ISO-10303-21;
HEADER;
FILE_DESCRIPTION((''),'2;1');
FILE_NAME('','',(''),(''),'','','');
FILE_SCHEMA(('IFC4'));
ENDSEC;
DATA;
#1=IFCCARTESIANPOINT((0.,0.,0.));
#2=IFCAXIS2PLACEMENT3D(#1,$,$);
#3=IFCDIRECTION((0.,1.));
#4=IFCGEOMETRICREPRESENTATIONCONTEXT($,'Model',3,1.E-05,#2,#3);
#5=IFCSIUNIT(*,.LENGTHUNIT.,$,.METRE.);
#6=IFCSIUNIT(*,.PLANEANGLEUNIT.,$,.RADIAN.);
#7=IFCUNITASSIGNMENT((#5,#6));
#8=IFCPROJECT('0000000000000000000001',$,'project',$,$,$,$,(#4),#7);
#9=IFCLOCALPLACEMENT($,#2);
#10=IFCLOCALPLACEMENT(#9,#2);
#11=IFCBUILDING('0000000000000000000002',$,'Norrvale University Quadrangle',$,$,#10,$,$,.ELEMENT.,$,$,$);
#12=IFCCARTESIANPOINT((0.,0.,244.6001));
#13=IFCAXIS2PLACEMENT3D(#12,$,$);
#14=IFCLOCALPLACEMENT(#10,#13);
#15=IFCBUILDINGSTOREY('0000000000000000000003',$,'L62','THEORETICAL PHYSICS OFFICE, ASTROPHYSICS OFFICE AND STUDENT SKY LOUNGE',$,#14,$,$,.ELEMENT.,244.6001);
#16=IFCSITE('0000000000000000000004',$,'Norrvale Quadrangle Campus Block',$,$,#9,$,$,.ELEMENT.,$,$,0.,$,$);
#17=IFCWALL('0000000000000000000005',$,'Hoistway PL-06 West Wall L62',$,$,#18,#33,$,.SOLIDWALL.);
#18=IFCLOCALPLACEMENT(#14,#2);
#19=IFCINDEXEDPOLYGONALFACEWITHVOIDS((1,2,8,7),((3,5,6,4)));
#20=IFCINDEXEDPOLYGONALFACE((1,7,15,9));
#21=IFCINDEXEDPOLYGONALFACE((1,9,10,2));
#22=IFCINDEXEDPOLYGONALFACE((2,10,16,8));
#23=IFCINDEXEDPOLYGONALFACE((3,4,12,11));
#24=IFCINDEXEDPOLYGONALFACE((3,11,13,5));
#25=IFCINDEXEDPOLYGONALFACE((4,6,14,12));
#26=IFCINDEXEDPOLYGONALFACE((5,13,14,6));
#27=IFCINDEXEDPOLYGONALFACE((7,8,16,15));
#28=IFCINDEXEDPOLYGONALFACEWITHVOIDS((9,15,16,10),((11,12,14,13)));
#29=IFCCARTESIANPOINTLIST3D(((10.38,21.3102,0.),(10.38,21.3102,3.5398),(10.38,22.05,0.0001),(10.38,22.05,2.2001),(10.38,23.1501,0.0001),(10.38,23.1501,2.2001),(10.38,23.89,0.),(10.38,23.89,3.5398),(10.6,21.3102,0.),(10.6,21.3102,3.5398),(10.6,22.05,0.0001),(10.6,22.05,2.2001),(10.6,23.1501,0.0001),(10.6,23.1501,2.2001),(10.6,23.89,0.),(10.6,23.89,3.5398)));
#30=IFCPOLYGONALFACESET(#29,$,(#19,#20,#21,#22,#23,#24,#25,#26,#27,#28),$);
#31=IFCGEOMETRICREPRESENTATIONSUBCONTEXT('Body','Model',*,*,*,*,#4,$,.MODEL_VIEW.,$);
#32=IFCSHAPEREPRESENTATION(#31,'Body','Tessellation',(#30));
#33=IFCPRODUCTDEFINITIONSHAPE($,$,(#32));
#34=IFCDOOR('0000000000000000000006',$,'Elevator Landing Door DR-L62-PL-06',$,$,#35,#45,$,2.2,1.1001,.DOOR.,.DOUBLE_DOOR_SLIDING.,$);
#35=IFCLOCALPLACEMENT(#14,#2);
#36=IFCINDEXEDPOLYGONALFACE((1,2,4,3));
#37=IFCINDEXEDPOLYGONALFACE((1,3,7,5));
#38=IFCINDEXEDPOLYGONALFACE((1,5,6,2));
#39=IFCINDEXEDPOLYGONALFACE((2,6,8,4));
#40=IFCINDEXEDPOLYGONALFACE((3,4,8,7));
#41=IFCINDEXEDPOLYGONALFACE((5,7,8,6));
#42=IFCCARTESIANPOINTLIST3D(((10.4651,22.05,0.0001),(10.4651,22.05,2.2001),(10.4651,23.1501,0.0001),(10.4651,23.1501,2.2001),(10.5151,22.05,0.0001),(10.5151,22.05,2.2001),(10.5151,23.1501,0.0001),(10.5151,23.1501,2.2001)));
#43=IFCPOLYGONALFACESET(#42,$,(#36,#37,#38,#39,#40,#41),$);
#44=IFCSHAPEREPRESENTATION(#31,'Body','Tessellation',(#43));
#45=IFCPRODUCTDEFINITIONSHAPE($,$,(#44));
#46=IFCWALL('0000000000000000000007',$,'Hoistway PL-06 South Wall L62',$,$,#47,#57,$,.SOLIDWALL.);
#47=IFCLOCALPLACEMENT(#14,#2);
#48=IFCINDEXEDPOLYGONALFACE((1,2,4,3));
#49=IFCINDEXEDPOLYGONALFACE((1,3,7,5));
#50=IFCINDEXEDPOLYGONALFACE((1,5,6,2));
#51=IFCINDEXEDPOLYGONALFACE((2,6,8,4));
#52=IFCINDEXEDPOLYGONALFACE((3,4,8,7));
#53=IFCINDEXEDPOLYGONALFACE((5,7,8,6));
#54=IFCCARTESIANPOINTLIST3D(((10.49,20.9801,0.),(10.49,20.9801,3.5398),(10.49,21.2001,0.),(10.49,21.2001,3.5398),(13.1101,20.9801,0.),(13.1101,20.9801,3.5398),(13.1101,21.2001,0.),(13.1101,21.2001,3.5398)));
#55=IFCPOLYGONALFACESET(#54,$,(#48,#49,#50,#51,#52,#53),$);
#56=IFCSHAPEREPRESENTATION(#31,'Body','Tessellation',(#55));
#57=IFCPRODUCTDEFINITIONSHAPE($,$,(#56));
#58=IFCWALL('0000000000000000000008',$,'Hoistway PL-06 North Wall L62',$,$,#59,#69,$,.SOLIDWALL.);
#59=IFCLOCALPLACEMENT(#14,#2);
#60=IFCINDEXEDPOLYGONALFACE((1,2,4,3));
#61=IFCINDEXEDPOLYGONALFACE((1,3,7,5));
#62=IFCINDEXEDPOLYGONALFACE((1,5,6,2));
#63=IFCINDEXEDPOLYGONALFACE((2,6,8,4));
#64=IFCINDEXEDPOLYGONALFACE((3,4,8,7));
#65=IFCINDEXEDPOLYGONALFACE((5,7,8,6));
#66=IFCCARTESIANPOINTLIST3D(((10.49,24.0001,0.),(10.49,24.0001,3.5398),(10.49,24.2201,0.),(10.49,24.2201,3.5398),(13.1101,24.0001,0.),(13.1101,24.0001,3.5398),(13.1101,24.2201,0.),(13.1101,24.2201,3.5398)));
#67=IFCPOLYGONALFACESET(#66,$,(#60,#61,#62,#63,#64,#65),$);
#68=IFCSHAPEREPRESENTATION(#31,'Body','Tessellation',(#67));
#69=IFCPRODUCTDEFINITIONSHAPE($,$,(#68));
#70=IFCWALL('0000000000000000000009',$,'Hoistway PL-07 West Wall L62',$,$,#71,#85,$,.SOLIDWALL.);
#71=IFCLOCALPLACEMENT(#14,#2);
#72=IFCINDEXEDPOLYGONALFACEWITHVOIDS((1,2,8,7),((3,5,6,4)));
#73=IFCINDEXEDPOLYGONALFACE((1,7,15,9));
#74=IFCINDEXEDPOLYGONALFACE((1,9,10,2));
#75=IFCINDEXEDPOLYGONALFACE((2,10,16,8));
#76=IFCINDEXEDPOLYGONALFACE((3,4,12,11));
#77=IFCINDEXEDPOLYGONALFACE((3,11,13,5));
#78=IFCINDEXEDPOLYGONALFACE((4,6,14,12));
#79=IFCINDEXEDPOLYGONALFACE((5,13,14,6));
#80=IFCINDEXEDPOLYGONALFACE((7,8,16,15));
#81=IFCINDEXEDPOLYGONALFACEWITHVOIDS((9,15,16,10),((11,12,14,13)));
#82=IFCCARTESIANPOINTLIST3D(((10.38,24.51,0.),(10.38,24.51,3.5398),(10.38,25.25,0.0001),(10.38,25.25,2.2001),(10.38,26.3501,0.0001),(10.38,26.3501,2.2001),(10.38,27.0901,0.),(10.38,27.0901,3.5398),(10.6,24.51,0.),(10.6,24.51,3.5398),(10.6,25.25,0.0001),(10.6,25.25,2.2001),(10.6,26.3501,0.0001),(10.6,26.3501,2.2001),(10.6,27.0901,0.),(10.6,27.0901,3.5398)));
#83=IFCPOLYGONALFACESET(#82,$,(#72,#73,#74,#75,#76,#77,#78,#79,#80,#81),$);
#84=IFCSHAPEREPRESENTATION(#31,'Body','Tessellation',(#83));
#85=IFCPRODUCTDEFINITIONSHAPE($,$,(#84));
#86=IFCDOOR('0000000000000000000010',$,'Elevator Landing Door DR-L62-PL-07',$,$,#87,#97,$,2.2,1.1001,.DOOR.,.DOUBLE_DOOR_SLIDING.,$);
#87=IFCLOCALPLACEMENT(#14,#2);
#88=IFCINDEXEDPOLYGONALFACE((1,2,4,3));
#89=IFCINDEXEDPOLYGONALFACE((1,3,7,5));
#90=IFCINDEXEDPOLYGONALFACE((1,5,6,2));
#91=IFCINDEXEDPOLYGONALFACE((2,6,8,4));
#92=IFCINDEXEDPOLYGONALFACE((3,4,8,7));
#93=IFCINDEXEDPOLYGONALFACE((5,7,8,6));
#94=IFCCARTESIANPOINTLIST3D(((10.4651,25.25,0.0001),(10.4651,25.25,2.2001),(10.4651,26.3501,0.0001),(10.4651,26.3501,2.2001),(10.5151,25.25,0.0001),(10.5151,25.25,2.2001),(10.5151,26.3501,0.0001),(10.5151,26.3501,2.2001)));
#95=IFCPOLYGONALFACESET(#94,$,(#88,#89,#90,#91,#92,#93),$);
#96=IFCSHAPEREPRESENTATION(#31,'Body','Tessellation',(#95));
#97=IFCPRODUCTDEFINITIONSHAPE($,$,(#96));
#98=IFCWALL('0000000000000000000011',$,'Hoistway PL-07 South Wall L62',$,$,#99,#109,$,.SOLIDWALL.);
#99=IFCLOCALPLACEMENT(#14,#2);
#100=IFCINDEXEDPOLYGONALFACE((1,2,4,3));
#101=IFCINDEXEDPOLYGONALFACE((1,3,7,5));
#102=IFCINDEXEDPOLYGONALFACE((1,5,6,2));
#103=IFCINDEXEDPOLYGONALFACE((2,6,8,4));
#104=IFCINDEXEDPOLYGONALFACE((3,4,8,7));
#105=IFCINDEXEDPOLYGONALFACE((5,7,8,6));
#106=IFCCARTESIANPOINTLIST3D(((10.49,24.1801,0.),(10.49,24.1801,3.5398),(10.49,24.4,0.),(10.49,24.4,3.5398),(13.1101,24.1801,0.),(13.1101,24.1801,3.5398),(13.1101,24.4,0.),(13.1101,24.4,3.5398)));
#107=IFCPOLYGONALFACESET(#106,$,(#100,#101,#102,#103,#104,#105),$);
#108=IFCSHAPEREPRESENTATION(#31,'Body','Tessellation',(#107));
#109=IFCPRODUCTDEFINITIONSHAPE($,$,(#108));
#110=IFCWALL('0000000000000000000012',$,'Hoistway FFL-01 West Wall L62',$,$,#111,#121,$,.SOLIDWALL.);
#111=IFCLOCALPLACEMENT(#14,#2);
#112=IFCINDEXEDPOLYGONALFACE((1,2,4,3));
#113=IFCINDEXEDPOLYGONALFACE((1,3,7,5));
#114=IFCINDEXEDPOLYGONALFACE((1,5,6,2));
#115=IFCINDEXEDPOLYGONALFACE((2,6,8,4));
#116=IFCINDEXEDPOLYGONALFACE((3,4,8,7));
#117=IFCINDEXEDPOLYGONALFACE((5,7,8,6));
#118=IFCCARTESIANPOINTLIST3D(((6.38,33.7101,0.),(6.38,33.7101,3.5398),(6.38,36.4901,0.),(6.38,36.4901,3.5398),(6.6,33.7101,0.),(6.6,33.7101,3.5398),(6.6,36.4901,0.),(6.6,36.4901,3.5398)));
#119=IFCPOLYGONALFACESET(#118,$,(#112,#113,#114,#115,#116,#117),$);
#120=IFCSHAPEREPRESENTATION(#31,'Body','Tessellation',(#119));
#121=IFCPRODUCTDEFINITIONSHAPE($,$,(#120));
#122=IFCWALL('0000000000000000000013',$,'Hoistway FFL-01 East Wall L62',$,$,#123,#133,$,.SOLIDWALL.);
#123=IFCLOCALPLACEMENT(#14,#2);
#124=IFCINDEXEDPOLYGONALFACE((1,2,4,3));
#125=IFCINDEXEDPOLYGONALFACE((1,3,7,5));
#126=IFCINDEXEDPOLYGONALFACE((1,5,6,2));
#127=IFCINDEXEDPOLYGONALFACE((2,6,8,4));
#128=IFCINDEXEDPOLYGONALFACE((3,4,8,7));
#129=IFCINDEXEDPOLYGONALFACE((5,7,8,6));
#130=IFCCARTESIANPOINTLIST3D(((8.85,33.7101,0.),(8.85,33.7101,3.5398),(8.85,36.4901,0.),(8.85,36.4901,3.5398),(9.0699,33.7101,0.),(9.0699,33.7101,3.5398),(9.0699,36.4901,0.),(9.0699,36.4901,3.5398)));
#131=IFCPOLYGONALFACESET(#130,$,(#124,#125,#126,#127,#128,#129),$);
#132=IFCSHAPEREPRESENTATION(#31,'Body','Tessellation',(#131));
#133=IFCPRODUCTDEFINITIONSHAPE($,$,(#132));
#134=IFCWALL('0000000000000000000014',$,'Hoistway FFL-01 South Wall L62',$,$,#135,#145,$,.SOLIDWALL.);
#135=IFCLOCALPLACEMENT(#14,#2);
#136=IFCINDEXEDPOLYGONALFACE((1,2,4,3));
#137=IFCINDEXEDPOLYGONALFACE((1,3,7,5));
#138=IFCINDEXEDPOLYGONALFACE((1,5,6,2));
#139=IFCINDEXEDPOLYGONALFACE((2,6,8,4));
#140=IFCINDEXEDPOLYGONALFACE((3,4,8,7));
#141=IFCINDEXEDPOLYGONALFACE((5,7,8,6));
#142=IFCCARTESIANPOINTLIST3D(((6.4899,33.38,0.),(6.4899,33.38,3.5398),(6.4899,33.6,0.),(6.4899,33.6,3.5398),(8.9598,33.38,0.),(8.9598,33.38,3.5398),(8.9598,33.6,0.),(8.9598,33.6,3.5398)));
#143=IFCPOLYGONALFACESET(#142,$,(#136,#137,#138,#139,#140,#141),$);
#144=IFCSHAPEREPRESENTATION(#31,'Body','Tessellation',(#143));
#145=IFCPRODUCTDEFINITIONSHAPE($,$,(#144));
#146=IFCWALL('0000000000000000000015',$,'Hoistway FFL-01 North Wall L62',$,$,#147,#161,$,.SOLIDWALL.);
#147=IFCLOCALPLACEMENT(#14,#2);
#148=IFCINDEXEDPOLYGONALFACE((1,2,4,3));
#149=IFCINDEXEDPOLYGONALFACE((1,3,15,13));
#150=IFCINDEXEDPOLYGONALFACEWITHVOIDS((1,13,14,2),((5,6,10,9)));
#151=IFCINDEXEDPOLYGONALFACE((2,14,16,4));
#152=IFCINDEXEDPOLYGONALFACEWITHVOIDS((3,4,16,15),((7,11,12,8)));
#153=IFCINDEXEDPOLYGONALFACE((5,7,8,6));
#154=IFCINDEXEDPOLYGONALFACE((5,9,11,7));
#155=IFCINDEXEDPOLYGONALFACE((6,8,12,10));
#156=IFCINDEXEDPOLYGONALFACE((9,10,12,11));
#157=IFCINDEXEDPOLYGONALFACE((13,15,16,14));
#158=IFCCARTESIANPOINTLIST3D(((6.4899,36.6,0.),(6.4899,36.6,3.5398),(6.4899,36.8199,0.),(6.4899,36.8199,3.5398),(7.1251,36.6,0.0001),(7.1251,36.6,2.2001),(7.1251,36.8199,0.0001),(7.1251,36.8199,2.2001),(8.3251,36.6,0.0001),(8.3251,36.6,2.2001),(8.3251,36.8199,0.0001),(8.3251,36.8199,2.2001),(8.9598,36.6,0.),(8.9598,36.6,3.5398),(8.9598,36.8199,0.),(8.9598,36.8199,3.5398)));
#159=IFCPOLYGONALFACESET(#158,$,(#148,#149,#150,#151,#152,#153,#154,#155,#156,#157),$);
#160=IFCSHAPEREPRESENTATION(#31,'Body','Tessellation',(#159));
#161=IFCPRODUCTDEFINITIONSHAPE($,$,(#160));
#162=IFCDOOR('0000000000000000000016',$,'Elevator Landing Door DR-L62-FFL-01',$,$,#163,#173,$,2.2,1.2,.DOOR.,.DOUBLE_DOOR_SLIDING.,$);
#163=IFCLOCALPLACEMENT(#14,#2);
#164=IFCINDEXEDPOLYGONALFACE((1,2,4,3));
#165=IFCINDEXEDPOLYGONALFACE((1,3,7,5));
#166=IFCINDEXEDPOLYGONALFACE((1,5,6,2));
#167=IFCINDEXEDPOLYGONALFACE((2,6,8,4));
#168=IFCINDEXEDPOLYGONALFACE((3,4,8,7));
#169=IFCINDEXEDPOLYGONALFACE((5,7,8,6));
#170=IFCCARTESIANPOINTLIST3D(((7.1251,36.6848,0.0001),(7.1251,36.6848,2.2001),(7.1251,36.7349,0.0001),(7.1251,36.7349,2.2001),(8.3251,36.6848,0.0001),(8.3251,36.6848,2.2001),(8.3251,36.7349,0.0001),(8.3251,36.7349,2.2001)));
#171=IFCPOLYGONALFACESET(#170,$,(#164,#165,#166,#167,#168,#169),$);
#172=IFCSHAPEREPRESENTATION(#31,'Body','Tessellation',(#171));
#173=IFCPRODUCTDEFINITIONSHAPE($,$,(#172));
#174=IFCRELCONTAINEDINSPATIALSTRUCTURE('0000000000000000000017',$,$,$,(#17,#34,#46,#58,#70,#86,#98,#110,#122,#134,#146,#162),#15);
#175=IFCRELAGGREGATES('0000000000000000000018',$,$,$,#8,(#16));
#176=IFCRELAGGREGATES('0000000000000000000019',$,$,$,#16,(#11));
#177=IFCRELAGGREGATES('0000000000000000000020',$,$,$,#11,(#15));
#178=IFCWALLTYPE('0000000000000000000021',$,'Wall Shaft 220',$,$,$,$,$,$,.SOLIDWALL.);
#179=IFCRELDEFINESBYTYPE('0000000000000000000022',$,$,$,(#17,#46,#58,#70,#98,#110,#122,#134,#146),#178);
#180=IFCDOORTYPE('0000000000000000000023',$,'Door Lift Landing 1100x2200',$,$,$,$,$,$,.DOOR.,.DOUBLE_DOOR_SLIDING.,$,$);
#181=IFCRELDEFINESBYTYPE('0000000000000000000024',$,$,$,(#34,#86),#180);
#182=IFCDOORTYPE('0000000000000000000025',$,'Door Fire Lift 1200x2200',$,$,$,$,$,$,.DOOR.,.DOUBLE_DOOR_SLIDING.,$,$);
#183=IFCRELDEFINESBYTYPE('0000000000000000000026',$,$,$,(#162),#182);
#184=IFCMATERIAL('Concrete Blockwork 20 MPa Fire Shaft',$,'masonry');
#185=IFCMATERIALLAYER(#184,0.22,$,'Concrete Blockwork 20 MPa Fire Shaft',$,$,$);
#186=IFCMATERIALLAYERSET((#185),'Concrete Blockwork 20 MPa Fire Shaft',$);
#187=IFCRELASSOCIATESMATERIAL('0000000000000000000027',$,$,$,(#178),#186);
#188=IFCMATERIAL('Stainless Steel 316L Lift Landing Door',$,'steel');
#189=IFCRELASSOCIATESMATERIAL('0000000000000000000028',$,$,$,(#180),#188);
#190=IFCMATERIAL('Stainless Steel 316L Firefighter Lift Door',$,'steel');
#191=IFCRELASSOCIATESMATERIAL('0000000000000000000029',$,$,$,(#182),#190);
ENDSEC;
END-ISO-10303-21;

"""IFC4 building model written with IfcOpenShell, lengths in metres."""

from ifc_helpers import new_model, si_unit, direction, frame, frame_2d, origin, place, context, subcontext, project, spatial, rectangle, extrude, material, layer, layer_set, type_object, element, fill, save


model = new_model("IFC4")

# Units and contexts
model_context = context("Model", 3, precision=1e-05, world=origin(), true_north=direction((0.0, 1.0)))
body_context = subcontext(model_context, "Body", "Model", "MODEL_VIEW")
ifc_project = project(units=[si_unit("LENGTHUNIT", "METRE"), si_unit("PLANEANGLEUNIT", "RADIAN")], contexts=[model_context])

# Site, building, storey
site_placement = place(None, origin())
site = spatial("IfcSite", under=ifc_project, at=site_placement, Name="Norrvale Quadrangle Campus Block", CompositionType="ELEMENT", RefElevation=0.0)
building_placement = place(site_placement, origin())
building = spatial("IfcBuilding", under=site, at=building_placement, Name="Norrvale University Quadrangle", CompositionType="ELEMENT")
storey_placement = place(building_placement, frame((0.0, 0.0, 244.6001)))
storey = spatial("IfcBuildingStorey", under=building, at=storey_placement, Name="L62", Description="THEORETICAL PHYSICS OFFICE, ASTROPHYSICS OFFICE AND STUDENT SKY LOUNGE", CompositionType="ELEMENT", Elevation=244.6001)

# Shared definitions
ifc_material_1 = material(Name="Concrete Blockwork 20 MPa Fire Shaft", Category="masonry")
ifc_layer_1 = layer(ifc_material_1, 0.22, Name="Concrete Blockwork 20 MPa Fire Shaft")
ifc_layer_set_1 = layer_set([ifc_layer_1], Name="Concrete Blockwork 20 MPa Fire Shaft")
wall_type_1 = type_object("IfcWallType", Name="Wall Shaft 220", PredefinedType="SOLIDWALL", material=ifc_layer_set_1)

# Wall, opening, door
wall_1_placement = place(storey_placement, frame((10.49, 21.3101, 0.0), z_axis=(0.0, 0.0, 1.0), x_axis=(0.0, 1.0, 0.0)))
wall_1 = element("IfcWall", 1, at=wall_1_placement, inside=storey, type_object=wall_type_1, Name="Hoistway PL-06 West Wall L62", PredefinedType="SOLIDWALL", context=body_context, shape_type="SweptSolid", body=[
    extrude(rectangle(XDim=2.5798, YDim=0.22, at=frame_2d((1.29, 0.0))), origin(), (0.0, 0.0, 1.0), 3.5398),
])
opening_1_placement = place(wall_1_placement, frame((0.74, 0.0, 0.0)))
opening_1 = element("IfcOpeningElement", 2, at=opening_1_placement, cuts=wall_1, PredefinedType="OPENING", context=body_context, shape_type="SweptSolid", body=[
    extrude(rectangle(XDim=1.1001, YDim=2.2, at=frame_2d((0.55, 1.1001))), frame((0.0, 0.1221, 0.0), z_axis=(0.0, -1.0, 0.0), x_axis=(1.0, 0.0, 0.0)), (0.0, 0.0, 1.0), 0.2439),
])
ifc_material_2 = material(Name="Stainless Steel 316L Lift Landing Door", Category="steel")
door_type_1 = type_object("IfcDoorType", Name="Door Lift Landing 1100x2200", OperationType="DOUBLE_DOOR_SLIDING", PredefinedType="DOOR", material=ifc_material_2)
door_1_placement = place(opening_1_placement, origin())
door_1 = element("IfcDoor", 3, at=door_1_placement, inside=storey, type_object=door_type_1, Name="Elevator Landing Door DR-L62-PL-06", OperationType="DOUBLE_DOOR_SLIDING", OverallHeight=2.2, OverallWidth=1.1001, PredefinedType="DOOR", context=body_context, shape_type="SweptSolid", body=[
    extrude(rectangle(XDim=1.1001, YDim=2.2, at=frame_2d((0.55, 1.1001))), frame((0.0, 0.0249, 0.0), z_axis=(0.0, -1.0, 0.0), x_axis=(1.0, 0.0, 0.0)), (0.0, 0.0, 1.0), 0.05),
])
fill(opening_1, door_1)

# Walls
for number, where, z_axis, x_axis, name in (
    (4, (10.49, 21.0901, 0.0), (0.0, 0.0, 1.0), (1.0, 0.0, 0.0), "Hoistway PL-06 South Wall L62"),
    (5, (10.49, 24.1101, 0.0), (0.0, 0.0, 1.0), (1.0, 0.0, 0.0), "Hoistway PL-06 North Wall L62"),
):
    element("IfcWall", number, at=place(storey_placement, frame(where, z_axis=z_axis, x_axis=x_axis)), inside=storey, type_object=wall_type_1, Name=name, PredefinedType="SOLIDWALL", context=body_context, shape_type="SweptSolid", body=[
        extrude(rectangle(XDim=2.6201, YDim=0.22, at=frame_2d((1.3101, 0.0))), origin(), (0.0, 0.0, 1.0), 3.5398),
    ])

# Wall, opening, door
wall_2_placement = place(storey_placement, frame((10.49, 24.51, 0.0), z_axis=(0.0, 0.0, 1.0), x_axis=(0.0, 1.0, 0.0)))
wall_2 = element("IfcWall", 6, at=wall_2_placement, inside=storey, type_object=wall_type_1, Name="Hoistway PL-07 West Wall L62", PredefinedType="SOLIDWALL", context=body_context, shape_type="SweptSolid", body=[
    extrude(rectangle(XDim=2.5801, YDim=0.22, at=frame_2d((1.29, 0.0))), origin(), (0.0, 0.0, 1.0), 3.5398),
])
opening_2_placement = place(wall_2_placement, frame((0.74, 0.0, 0.0)))
opening_2 = element("IfcOpeningElement", 7, at=opening_2_placement, cuts=wall_2, PredefinedType="OPENING", context=body_context, shape_type="SweptSolid", body=[
    extrude(rectangle(XDim=1.1001, YDim=2.2, at=frame_2d((0.55, 1.1001))), frame((0.0, 0.1221, 0.0), z_axis=(0.0, -1.0, 0.0), x_axis=(1.0, 0.0, 0.0)), (0.0, 0.0, 1.0), 0.2439),
])
door_2_placement = place(opening_2_placement, origin())
door_2 = element("IfcDoor", 8, at=door_2_placement, inside=storey, type_object=door_type_1, Name="Elevator Landing Door DR-L62-PL-07", OperationType="DOUBLE_DOOR_SLIDING", OverallHeight=2.2, OverallWidth=1.1001, PredefinedType="DOOR", context=body_context, shape_type="SweptSolid", body=[
    extrude(rectangle(XDim=1.1001, YDim=2.2, at=frame_2d((0.55, 1.1001))), frame((0.0, 0.0249, 0.0), z_axis=(0.0, -1.0, 0.0), x_axis=(1.0, 0.0, 0.0)), (0.0, 0.0, 1.0), 0.05),
])
fill(opening_2, door_2)

# Walls
wall_3_placement = place(storey_placement, frame((10.49, 24.29, 0.0), z_axis=(0.0, 0.0, 1.0), x_axis=(1.0, 0.0, 0.0)))
element("IfcWall", 9, at=wall_3_placement, inside=storey, type_object=wall_type_1, Name="Hoistway PL-07 South Wall L62", PredefinedType="SOLIDWALL", context=body_context, shape_type="SweptSolid", body=[
    extrude(rectangle(XDim=2.6201, YDim=0.22, at=frame_2d((1.3101, 0.0))), origin(), (0.0, 0.0, 1.0), 3.5398),
])
for number, where, z_axis, x_axis, name in (
    (10, (6.49, 33.71, 0.0), (0.0, 0.0, 1.0), (0.0, 1.0, 0.0), "Hoistway FFL-01 West Wall L62"),
    (11, (8.96, 33.71, 0.0), (0.0, 0.0, 1.0), (0.0, 1.0, 0.0), "Hoistway FFL-01 East Wall L62"),
):
    element("IfcWall", number, at=place(storey_placement, frame(where, z_axis=z_axis, x_axis=x_axis)), inside=storey, type_object=wall_type_1, Name=name, PredefinedType="SOLIDWALL", context=body_context, shape_type="SweptSolid", body=[
        extrude(rectangle(XDim=2.78, YDim=0.22, at=frame_2d((1.3901, 0.0))), origin(), (0.0, 0.0, 1.0), 3.5398),
    ])
wall_4_placement = place(storey_placement, frame((6.49, 33.49, 0.0), z_axis=(0.0, 0.0, 1.0), x_axis=(1.0, 0.0, 0.0)))
element("IfcWall", 12, at=wall_4_placement, inside=storey, type_object=wall_type_1, Name="Hoistway FFL-01 South Wall L62", PredefinedType="SOLIDWALL", context=body_context, shape_type="SweptSolid", body=[
    extrude(rectangle(XDim=2.47, YDim=0.22, at=frame_2d((1.2349, 0.0))), origin(), (0.0, 0.0, 1.0), 3.5398),
])

# Wall, opening, door
wall_5_placement = place(storey_placement, frame((6.49, 36.71, 0.0), z_axis=(0.0, 0.0, 1.0), x_axis=(1.0, 0.0, 0.0)))
wall_5 = element("IfcWall", 13, at=wall_5_placement, inside=storey, type_object=wall_type_1, Name="Hoistway FFL-01 North Wall L62", PredefinedType="SOLIDWALL", context=body_context, shape_type="SweptSolid", body=[
    extrude(rectangle(XDim=2.47, YDim=0.22, at=frame_2d((1.2349, 0.0))), origin(), (0.0, 0.0, 1.0), 3.5398),
])
opening_3_placement = place(wall_5_placement, frame((0.635, 0.0, 0.0)))
opening_3 = element("IfcOpeningElement", 14, at=opening_3_placement, cuts=wall_5, PredefinedType="OPENING", context=body_context, shape_type="SweptSolid", body=[
    extrude(rectangle(XDim=1.2, YDim=2.2, at=frame_2d((0.6001, 1.1001))), frame((0.0, 0.1221, 0.0), z_axis=(0.0, -1.0, 0.0), x_axis=(1.0, 0.0, 0.0)), (0.0, 0.0, 1.0), 0.2439),
])
ifc_material_3 = material(Name="Stainless Steel 316L Firefighter Lift Door", Category="steel")
door_type_2 = type_object("IfcDoorType", Name="Door Fire Lift 1200x2200", OperationType="DOUBLE_DOOR_SLIDING", PredefinedType="DOOR", material=ifc_material_3)
door_3_placement = place(opening_3_placement, origin())
door_3 = element("IfcDoor", 15, at=door_3_placement, inside=storey, type_object=door_type_2, Name="Elevator Landing Door DR-L62-FFL-01", OperationType="DOUBLE_DOOR_SLIDING", OverallHeight=2.2, OverallWidth=1.2, PredefinedType="DOOR", context=body_context, shape_type="SweptSolid", body=[
    extrude(rectangle(XDim=1.2, YDim=2.2, at=frame_2d((0.6001, 1.1001))), frame((0.0, 0.0249, 0.0), z_axis=(0.0, -1.0, 0.0), x_axis=(1.0, 0.0, 0.0)), (0.0, 0.0, 1.0), 0.05),
])
fill(opening_3, door_3)

save(model, "model.ifc")
